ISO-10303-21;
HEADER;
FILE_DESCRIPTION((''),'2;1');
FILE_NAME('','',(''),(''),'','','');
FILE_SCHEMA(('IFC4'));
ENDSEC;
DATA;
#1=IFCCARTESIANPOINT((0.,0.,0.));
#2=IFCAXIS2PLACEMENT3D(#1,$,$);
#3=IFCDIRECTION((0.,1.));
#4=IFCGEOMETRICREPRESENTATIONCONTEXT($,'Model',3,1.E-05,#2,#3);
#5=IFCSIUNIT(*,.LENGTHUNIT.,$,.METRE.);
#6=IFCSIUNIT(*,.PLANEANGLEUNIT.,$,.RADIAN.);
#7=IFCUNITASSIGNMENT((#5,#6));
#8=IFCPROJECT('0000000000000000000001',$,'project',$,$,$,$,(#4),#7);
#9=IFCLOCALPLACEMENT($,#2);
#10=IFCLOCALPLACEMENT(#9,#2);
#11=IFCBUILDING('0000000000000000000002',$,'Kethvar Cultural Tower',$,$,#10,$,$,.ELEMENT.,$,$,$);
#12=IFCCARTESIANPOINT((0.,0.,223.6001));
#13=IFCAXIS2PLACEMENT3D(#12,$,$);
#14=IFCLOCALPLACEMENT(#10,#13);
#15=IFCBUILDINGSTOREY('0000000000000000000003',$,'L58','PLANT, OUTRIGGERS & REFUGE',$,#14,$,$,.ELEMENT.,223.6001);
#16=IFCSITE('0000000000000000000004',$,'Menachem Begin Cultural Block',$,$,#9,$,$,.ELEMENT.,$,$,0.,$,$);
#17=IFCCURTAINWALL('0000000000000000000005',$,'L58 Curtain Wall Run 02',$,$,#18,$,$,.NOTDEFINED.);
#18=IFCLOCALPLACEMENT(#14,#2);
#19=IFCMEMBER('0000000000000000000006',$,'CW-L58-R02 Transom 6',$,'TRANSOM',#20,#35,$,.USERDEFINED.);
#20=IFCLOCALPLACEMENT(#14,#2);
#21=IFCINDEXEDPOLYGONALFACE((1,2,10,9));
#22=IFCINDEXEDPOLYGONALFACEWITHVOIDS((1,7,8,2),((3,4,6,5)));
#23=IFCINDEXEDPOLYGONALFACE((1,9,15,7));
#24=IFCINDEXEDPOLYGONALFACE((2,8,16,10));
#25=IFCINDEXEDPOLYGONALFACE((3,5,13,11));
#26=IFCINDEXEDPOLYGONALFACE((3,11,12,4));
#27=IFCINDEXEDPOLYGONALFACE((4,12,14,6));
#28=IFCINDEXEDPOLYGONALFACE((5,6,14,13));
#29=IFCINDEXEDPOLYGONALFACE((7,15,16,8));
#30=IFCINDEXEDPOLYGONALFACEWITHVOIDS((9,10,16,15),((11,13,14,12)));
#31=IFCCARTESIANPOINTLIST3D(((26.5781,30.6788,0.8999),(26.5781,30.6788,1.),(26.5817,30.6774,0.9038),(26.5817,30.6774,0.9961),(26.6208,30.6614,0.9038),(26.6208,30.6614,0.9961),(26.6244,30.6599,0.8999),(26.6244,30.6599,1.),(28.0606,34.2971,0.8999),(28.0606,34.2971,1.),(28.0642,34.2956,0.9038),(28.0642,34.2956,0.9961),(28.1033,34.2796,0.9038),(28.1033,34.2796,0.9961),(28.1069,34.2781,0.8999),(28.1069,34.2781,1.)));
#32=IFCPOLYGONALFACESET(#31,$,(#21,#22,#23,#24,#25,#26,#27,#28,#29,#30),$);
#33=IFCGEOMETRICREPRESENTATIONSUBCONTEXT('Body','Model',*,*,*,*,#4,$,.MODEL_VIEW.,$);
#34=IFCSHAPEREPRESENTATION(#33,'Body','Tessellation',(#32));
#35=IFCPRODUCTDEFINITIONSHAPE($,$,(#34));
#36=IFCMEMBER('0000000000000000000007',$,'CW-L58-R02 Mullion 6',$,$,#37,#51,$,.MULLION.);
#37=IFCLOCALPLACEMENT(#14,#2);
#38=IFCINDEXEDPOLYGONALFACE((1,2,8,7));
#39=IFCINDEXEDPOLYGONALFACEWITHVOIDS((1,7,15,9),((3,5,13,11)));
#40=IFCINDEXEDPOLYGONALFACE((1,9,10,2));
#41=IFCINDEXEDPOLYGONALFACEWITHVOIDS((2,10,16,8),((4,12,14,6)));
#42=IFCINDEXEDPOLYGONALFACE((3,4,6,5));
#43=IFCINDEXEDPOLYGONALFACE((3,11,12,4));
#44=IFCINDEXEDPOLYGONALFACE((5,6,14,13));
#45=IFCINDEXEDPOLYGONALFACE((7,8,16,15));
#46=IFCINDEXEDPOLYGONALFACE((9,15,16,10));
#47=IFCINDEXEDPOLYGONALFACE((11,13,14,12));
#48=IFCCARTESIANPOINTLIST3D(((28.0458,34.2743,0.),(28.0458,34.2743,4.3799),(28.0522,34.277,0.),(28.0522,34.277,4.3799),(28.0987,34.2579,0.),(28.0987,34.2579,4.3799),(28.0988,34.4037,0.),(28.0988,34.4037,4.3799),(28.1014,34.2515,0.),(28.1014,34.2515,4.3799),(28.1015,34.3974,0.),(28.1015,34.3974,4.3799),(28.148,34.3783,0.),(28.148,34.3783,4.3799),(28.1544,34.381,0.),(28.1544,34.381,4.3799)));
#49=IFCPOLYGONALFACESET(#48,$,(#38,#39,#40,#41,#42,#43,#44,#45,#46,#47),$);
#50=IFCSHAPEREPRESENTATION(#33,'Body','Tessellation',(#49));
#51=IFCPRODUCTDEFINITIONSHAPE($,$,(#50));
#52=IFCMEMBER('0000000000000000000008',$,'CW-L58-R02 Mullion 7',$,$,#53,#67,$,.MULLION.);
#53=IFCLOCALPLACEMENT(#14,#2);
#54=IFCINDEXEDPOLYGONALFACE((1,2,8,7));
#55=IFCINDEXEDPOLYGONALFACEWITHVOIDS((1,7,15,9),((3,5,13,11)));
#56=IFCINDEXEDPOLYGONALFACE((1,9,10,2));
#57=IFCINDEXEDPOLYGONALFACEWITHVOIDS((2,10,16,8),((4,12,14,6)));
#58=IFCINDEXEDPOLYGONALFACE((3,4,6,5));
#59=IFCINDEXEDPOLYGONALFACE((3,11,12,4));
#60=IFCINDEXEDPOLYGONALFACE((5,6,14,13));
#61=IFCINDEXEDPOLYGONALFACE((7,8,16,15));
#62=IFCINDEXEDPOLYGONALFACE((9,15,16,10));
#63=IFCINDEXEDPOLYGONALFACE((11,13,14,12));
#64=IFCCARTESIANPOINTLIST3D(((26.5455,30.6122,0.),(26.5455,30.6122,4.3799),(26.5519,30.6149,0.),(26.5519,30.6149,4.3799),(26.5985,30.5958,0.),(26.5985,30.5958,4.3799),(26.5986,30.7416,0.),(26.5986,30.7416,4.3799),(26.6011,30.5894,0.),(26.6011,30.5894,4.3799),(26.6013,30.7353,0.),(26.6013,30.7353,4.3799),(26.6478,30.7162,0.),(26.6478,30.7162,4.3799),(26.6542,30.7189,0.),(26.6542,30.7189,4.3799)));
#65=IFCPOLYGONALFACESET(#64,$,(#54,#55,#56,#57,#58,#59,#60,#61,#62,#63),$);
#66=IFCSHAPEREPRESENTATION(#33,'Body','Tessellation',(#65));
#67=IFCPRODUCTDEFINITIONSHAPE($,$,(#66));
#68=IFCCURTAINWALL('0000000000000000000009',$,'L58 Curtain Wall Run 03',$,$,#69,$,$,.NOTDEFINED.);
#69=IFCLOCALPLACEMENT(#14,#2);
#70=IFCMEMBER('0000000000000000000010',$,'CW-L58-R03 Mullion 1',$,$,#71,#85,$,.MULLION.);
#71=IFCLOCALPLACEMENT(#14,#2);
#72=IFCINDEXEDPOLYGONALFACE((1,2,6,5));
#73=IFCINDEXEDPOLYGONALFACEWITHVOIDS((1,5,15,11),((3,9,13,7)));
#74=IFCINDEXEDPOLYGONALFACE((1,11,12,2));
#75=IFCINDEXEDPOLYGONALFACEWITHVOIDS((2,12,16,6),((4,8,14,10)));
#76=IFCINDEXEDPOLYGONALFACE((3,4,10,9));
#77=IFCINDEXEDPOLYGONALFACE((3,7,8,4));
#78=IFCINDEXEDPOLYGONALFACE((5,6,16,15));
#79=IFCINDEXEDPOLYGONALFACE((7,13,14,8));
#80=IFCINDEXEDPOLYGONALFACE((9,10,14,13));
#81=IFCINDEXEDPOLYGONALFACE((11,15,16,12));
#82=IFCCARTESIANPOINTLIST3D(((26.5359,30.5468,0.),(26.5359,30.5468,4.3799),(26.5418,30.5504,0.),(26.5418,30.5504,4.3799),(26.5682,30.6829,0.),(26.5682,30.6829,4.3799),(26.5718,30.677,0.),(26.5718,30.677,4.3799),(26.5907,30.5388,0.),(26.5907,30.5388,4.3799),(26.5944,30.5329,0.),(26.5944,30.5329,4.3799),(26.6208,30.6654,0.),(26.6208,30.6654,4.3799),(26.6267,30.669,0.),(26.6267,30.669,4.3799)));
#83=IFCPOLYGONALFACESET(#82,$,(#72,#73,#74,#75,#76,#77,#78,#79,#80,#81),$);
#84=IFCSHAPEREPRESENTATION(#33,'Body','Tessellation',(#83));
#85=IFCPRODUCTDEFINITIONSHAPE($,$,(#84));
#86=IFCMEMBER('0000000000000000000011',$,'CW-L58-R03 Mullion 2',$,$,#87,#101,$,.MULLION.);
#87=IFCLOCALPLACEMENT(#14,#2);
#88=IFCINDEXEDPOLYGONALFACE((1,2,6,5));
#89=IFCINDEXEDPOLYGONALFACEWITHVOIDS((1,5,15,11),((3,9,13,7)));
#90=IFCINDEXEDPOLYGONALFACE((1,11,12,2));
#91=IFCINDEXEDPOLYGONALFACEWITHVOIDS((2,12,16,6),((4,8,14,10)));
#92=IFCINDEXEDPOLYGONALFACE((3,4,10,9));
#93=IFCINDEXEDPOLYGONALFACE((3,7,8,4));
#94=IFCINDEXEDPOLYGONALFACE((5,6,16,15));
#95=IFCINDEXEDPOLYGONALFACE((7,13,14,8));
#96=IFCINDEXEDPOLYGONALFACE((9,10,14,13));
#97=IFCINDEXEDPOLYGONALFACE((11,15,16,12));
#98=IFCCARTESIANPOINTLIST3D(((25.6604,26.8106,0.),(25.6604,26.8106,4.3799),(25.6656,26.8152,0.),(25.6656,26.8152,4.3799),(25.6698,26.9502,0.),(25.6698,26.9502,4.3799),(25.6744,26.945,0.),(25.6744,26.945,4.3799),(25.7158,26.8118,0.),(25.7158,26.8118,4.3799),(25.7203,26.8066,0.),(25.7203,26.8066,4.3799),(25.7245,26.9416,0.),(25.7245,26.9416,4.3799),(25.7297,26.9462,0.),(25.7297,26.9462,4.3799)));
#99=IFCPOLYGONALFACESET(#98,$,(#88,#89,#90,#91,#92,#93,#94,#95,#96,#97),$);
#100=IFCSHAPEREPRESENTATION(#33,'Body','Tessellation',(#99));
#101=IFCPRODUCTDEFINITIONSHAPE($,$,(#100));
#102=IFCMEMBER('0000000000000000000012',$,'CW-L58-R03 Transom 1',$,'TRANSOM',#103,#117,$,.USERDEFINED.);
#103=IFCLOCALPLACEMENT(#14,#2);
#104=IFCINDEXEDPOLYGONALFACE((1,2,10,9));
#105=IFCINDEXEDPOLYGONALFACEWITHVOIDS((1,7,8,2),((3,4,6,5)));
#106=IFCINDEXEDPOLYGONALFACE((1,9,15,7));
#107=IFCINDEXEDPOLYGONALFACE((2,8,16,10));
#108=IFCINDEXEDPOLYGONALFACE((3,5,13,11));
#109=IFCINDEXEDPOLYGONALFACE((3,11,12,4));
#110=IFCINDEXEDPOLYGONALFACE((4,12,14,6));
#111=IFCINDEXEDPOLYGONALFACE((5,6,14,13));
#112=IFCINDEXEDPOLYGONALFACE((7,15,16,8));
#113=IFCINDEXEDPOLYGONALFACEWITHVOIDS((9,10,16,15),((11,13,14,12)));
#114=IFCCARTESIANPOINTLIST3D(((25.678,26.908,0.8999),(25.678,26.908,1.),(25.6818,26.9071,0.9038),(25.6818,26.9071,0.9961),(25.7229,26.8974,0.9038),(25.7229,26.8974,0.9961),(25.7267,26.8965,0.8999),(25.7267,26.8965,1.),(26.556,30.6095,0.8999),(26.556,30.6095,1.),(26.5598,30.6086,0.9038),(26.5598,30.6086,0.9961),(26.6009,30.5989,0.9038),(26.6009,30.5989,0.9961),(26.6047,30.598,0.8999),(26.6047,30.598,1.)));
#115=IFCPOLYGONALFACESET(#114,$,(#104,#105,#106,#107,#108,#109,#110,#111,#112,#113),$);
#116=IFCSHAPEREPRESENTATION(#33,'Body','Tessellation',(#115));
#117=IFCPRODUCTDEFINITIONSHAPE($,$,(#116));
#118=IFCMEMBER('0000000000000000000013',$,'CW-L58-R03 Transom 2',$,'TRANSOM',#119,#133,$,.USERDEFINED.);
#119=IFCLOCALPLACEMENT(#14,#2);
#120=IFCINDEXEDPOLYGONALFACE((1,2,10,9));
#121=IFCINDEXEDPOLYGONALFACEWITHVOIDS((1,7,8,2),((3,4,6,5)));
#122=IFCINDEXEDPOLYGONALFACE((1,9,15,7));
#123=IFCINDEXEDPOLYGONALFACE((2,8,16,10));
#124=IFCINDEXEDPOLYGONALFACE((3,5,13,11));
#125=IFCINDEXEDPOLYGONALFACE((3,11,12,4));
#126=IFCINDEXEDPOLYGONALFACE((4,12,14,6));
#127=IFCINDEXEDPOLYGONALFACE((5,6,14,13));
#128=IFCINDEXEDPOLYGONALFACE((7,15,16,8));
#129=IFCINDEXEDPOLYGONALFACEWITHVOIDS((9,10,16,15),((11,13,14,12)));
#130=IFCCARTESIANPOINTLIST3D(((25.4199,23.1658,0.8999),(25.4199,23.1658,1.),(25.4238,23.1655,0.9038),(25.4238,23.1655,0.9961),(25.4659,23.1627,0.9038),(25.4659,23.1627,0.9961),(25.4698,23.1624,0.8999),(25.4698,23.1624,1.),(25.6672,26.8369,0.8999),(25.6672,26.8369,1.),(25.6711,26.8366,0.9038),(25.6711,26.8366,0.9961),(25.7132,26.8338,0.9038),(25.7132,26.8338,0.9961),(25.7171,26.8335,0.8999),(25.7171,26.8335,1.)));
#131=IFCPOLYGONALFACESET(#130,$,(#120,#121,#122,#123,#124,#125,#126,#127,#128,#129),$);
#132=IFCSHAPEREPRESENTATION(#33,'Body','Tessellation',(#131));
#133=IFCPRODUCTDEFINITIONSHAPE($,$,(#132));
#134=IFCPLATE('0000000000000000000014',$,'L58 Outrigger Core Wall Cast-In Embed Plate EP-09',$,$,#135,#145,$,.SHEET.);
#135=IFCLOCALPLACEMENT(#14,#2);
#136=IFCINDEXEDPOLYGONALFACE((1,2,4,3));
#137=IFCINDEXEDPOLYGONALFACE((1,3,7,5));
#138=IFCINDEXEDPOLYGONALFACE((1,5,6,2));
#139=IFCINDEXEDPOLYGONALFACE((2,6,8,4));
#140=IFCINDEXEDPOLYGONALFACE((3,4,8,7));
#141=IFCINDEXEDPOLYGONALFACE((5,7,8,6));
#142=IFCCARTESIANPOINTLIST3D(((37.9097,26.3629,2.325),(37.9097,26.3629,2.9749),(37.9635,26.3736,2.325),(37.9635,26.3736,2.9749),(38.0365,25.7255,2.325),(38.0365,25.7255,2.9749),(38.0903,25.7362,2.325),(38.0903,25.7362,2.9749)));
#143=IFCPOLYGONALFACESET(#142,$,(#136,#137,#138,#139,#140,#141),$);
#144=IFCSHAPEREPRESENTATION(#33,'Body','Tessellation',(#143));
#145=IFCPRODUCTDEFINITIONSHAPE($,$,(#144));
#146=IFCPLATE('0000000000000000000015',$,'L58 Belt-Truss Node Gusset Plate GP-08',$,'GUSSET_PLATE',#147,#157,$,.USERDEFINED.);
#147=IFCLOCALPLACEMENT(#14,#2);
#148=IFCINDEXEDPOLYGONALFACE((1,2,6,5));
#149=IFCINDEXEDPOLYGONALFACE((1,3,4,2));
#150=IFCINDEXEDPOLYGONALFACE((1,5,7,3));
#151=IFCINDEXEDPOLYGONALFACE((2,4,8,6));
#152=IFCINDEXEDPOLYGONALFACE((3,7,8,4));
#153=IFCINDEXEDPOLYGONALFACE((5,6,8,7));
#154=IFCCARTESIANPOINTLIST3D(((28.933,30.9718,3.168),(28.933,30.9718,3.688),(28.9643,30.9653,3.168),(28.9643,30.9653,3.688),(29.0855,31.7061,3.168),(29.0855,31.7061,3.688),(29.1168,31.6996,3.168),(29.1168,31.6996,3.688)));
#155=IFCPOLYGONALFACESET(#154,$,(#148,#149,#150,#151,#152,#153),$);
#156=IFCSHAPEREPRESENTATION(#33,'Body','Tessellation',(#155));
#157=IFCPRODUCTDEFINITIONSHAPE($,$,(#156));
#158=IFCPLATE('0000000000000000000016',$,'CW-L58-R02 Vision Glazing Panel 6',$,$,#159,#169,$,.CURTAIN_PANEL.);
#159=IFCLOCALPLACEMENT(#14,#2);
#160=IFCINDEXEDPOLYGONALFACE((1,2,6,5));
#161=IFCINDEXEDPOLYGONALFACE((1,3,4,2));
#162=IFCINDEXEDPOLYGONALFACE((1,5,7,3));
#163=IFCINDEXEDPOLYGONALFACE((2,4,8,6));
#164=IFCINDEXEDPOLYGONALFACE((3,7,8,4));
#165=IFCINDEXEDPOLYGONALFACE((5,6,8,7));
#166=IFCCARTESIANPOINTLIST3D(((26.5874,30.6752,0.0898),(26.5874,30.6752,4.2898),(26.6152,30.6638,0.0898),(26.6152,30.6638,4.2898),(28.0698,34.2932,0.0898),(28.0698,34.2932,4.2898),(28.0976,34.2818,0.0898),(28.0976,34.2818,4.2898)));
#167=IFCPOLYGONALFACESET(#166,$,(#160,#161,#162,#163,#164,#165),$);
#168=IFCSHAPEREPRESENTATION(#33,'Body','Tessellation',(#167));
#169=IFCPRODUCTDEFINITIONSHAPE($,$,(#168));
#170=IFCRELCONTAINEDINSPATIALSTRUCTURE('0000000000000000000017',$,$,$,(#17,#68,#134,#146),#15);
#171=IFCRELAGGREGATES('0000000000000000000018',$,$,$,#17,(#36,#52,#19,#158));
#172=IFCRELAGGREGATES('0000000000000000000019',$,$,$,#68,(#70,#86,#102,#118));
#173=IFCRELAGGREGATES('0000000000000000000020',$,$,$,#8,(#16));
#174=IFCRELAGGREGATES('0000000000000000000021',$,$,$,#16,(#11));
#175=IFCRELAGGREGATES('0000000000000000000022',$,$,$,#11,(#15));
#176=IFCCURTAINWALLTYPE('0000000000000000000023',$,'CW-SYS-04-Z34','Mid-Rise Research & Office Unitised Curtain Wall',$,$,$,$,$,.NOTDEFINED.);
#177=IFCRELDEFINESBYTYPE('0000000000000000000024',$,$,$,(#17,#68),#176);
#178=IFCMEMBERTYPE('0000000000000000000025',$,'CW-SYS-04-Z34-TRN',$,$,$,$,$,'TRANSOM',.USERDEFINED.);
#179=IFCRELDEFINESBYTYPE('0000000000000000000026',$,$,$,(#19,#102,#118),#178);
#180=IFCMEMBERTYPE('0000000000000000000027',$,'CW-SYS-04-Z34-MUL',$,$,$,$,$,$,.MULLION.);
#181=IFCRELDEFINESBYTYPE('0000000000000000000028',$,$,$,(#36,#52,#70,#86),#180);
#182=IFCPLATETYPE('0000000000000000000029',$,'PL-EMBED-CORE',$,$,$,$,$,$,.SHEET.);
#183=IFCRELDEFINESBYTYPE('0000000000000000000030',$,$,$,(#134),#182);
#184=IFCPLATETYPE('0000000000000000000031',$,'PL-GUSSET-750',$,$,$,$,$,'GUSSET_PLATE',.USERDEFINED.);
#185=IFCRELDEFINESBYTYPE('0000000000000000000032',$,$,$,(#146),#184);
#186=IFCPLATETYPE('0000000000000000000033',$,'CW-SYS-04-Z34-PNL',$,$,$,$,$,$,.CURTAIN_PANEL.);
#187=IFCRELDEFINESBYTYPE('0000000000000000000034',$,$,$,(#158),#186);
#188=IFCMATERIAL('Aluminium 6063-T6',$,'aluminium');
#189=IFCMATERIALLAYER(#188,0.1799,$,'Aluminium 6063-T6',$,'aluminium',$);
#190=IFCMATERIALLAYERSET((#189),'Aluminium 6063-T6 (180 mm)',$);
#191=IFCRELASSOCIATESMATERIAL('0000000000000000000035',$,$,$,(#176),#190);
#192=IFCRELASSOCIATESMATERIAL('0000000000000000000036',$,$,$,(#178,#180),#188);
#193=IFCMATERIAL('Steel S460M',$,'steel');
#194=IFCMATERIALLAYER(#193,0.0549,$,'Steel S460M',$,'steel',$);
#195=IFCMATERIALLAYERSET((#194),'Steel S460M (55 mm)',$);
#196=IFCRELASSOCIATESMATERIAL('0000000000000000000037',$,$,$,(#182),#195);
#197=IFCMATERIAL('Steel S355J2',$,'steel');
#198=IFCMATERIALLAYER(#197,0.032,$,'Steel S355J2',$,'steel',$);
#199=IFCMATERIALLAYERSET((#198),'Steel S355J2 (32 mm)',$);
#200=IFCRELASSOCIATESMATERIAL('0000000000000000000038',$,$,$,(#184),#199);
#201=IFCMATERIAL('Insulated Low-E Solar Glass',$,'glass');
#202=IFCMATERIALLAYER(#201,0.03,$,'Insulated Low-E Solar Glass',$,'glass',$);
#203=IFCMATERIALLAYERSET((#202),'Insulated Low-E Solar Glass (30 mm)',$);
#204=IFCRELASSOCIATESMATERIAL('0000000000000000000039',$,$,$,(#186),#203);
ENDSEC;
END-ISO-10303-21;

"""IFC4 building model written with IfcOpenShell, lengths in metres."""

from ifc_helpers import new_model, si_unit, direction, frame, origin, origin_2d, place, context, subcontext, project, spatial, rectangle, hollow_rectangle, extrude, source, transform, mapped, material, layer, layer_set, material_profile, profile_set, type_object, element, aggregate, save


model = new_model("IFC4")

# Units and contexts
model_context = context("Model", 3, precision=1e-05, world=origin(), true_north=direction((0.0, 1.0)))
body_context = subcontext(model_context, "Body", "Model", "MODEL_VIEW")
ifc_project = project(units=[si_unit("LENGTHUNIT", "METRE"), si_unit("PLANEANGLEUNIT", "RADIAN")], contexts=[model_context])

# Site, building, storey
site_placement = place(None, origin())
site = spatial("IfcSite", under=ifc_project, at=site_placement, Name="Menachem Begin Cultural Block", CompositionType="ELEMENT", RefElevation=0.0)
building_placement = place(site_placement, origin())
building = spatial("IfcBuilding", under=site, at=building_placement, Name="Kethvar Cultural Tower", CompositionType="ELEMENT")
storey_placement = place(building_placement, frame((0.0, 0.0, 223.6001)))
storey = spatial("IfcBuildingStorey", under=building, at=storey_placement, Name="L58", Description="PLANT, OUTRIGGERS & REFUGE", CompositionType="ELEMENT", Elevation=223.6001)

# Shared definitions
ifc_material_1 = material(Name="Steel S460M", Category="steel")

# Shared definitions
ifc_material_2 = material(Name="Steel S355J2", Category="steel")

# Curtain walls, members
ifc_material_3 = material(Name="Aluminium 6063-T6", Category="aluminium")
ifc_layer_1 = layer(ifc_material_3, 0.1799, Name="Aluminium 6063-T6", Category="aluminium")
ifc_layer_set_1 = layer_set([ifc_layer_1], Name="Aluminium 6063-T6 (180 mm)")
curtain_wall_type = type_object("IfcCurtainWallType", Name="CW-SYS-04-Z34", Description="Mid-Rise Research & Office Unitised Curtain Wall", PredefinedType="NOTDEFINED", material=ifc_layer_set_1)
curtain_wall_1_placement = place(storey_placement, origin())
curtain_wall_1 = element("IfcCurtainWall", 1, at=curtain_wall_1_placement, inside=storey, type_object=curtain_wall_type, Name="L58 Curtain Wall Run 02", PredefinedType="NOTDEFINED")
ifc_material_profile_1 = material_profile(ifc_material_3, hollow_rectangle(XDim=0.05, YDim=0.1001, WallThickness=0.0039, at=origin_2d()), Name="Aluminium 6063-T6 — RHS100x50x4")
ifc_profile_set_1 = profile_set([ifc_material_profile_1], Name="Aluminium 6063-T6 — RHS100x50x4")
member_type_1 = type_object("IfcMemberType", Name="CW-SYS-04-Z34-TRN", ElementType="TRANSOM", PredefinedType="USERDEFINED", material=ifc_profile_set_1)
shared_shape_1 = source(origin(), body_context, "Body", "SweptSolid", [
    extrude(hollow_rectangle(XDim=0.05, YDim=0.1001, WallThickness=0.0039, at=origin_2d()), origin(), (0.0, 0.0, 1.0), 3.9102),
])
member_1_placement = place(storey_placement, frame((28.0837, 34.2876, 0.95), z_axis=(-0.379129, -0.925344, 0.0), x_axis=(0.925344, -0.379129, 0.0)))
member_1 = element("IfcMember", 2, at=member_1_placement, type_object=member_type_1, Name="CW-L58-R02 Transom 6", ObjectType="TRANSOM", PredefinedType="USERDEFINED", context=body_context, shape_type="MappedRepresentation", body=[
    mapped(shared_shape_1, transform((0.0, 0.0, 0.0), scale=1.0)),
])
ifc_material_profile_2 = material_profile(ifc_material_3, hollow_rectangle(XDim=0.0601, YDim=0.1399, WallThickness=0.0049, at=origin_2d()), Name="Aluminium 6063-T6 — RHS140x60x5")
ifc_profile_set_2 = profile_set([ifc_material_profile_2], Name="Aluminium 6063-T6 — RHS140x60x5")
member_type_2 = type_object("IfcMemberType", Name="CW-SYS-04-Z34-MUL", PredefinedType="MULLION", material=ifc_profile_set_2)
shared_shape_2 = source(origin(), body_context, "Body", "SweptSolid", [
    extrude(hollow_rectangle(XDim=0.0601, YDim=0.1399, WallThickness=0.0049, at=origin_2d()), origin(), (0.0, 0.0, 1.0), 4.3799),
])
member_2_placement = place(storey_placement, frame((28.1001, 34.3276, 0.0), z_axis=(0.0, 0.0, 1.0), x_axis=(0.925342, -0.379133, 0.0)))
member_2 = element("IfcMember", 3, at=member_2_placement, type_object=member_type_2, Name="CW-L58-R02 Mullion 6", PredefinedType="MULLION", context=body_context, shape_type="MappedRepresentation", body=[
    mapped(shared_shape_2, transform((0.0, 0.0, 0.0), scale=1.0)),
])
member_3_placement = place(storey_placement, frame((26.5999, 30.6655, 0.0), z_axis=(0.0, 0.0, 1.0), x_axis=(0.925342, -0.379133, 0.0)))
member_3 = element("IfcMember", 4, at=member_3_placement, type_object=member_type_2, Name="CW-L58-R02 Mullion 7", PredefinedType="MULLION", context=body_context, shape_type="MappedRepresentation", body=[
    mapped(shared_shape_2, transform((0.0, 0.0, 0.0), scale=1.0)),
])
curtain_wall_2_placement = place(storey_placement, origin())
curtain_wall_2 = element("IfcCurtainWall", 5, at=curtain_wall_2_placement, inside=storey, type_object=curtain_wall_type, Name="L58 Curtain Wall Run 03", PredefinedType="NOTDEFINED")
member_4_placement = place(storey_placement, frame((26.5813, 30.6079, 0.0), z_axis=(0.0, 0.0, 1.0), x_axis=(0.973002, -0.230797, 0.0)))
member_4 = element("IfcMember", 6, at=member_4_placement, type_object=member_type_2, Name="CW-L58-R03 Mullion 1", PredefinedType="MULLION", context=body_context, shape_type="MappedRepresentation", body=[
    mapped(shared_shape_2, transform((0.0, 0.0, 0.0), scale=1.0)),
])
member_5_placement = place(storey_placement, frame((25.6951, 26.8784, 0.0), z_axis=(0.0, 0.0, 1.0), x_axis=(0.997737, -0.067232, 0.0)))
member_5 = element("IfcMember", 7, at=member_5_placement, type_object=member_type_2, Name="CW-L58-R03 Mullion 2", PredefinedType="MULLION", context=body_context, shape_type="MappedRepresentation", body=[
    mapped(shared_shape_2, transform((0.0, 0.0, 0.0), scale=1.0)),
])
shared_shape_3 = source(origin(), body_context, "Body", "SweptSolid", [
    extrude(hollow_rectangle(XDim=0.05, YDim=0.1001, WallThickness=0.0039, at=origin_2d()), origin(), (0.0, 0.0, 1.0), 3.8042),
])
member_6_placement = place(storey_placement, frame((26.5803, 30.6038, 0.95), z_axis=(-0.230785, -0.973005, 0.0), x_axis=(0.973005, -0.230785, 0.0)))
member_6 = element("IfcMember", 8, at=member_6_placement, type_object=member_type_1, Name="CW-L58-R03 Transom 1", ObjectType="TRANSOM", PredefinedType="USERDEFINED", context=body_context, shape_type="MappedRepresentation", body=[
    mapped(shared_shape_3, transform((0.0, 0.0, 0.0), scale=1.0)),
])
shared_shape_4 = source(origin(), body_context, "Body", "SweptSolid", [
    extrude(hollow_rectangle(XDim=0.05, YDim=0.1001, WallThickness=0.0039, at=origin_2d()), origin(), (0.0, 0.0, 1.0), 3.6794),
])
member_7_placement = place(storey_placement, frame((25.6921, 26.8352, 0.95), z_axis=(-0.067215, -0.997739, 0.0), x_axis=(0.997739, -0.067215, 0.0)))
member_7 = element("IfcMember", 9, at=member_7_placement, type_object=member_type_1, Name="CW-L58-R03 Transom 2", ObjectType="TRANSOM", PredefinedType="USERDEFINED", context=body_context, shape_type="MappedRepresentation", body=[
    mapped(shared_shape_4, transform((0.0, 0.0, 0.0), scale=1.0)),
])

# Plates
ifc_layer_2 = layer(ifc_material_1, 0.0549, Name="Steel S460M", Category="steel")
ifc_layer_set_2 = layer_set([ifc_layer_2], Name="Steel S460M (55 mm)")
plate_type_1 = type_object("IfcPlateType", Name="PL-EMBED-CORE", PredefinedType="SHEET", material=ifc_layer_set_2)
shared_shape_5 = source(origin(), body_context, "Body", "SweptSolid", [
    extrude(rectangle(XDim=0.0549, YDim=0.6499, at=origin_2d()), origin(), (0.0, 0.0, 1.0), 0.6499),
])
plate_1_placement = place(storey_placement, frame((38.0, 26.0496, 2.325), z_axis=(0.0, 0.0, 1.0), x_axis=(-0.980785, -0.19509, 0.0)))
element("IfcPlate", 10, at=plate_1_placement, inside=storey, type_object=plate_type_1, Name="L58 Outrigger Core Wall Cast-In Embed Plate EP-09", PredefinedType="SHEET", context=body_context, shape_type="MappedRepresentation", body=[
    mapped(shared_shape_5, transform((0.0, 0.0, 0.0), scale=1.0)),
])
ifc_layer_3 = layer(ifc_material_2, 0.032, Name="Steel S355J2", Category="steel")
ifc_layer_set_3 = layer_set([ifc_layer_3], Name="Steel S355J2 (32 mm)")
plate_type_2 = type_object("IfcPlateType", Name="PL-GUSSET-750", ElementType="GUSSET_PLATE", PredefinedType="USERDEFINED", material=ifc_layer_set_3)
shared_shape_6 = source(origin(), body_context, "Body", "SweptSolid", [
    extrude(rectangle(XDim=0.75, YDim=0.032, at=origin_2d()), origin(), (0.0, 0.0, 1.0), 0.52),
])
plate_2_placement = place(storey_placement, frame((29.0249, 31.3357, 3.168), z_axis=(0.0, 0.0, 1.0), x_axis=(-0.203358, -0.979104, 0.0)))
element("IfcPlate", 11, at=plate_2_placement, inside=storey, type_object=plate_type_2, Name="L58 Belt-Truss Node Gusset Plate GP-08", ObjectType="GUSSET_PLATE", PredefinedType="USERDEFINED", context=body_context, shape_type="MappedRepresentation", body=[
    mapped(shared_shape_6, transform((0.0, 0.0, 0.0), scale=1.0)),
])

# Plate
ifc_material_4 = material(Name="Insulated Low-E Solar Glass", Category="glass")
ifc_layer_4 = layer(ifc_material_4, 0.03, Name="Insulated Low-E Solar Glass", Category="glass")
ifc_layer_set_4 = layer_set([ifc_layer_4], Name="Insulated Low-E Solar Glass (30 mm)")
plate_type_3 = type_object("IfcPlateType", Name="CW-SYS-04-Z34-PNL", PredefinedType="CURTAIN_PANEL", material=ifc_layer_set_4)
shared_shape_7 = source(origin(), body_context, "Body", "SweptSolid", [
    extrude(rectangle(XDim=3.9099, YDim=0.03, at=origin_2d()), origin(), (0.0, 0.0, 1.0), 4.2),
])
plate_3_placement = place(storey_placement, frame((27.3425, 32.4785, 0.0898), z_axis=(0.0, 0.0, 1.0), x_axis=(-0.379133, -0.925342, 0.0)))
plate_3 = element("IfcPlate", 12, at=plate_3_placement, type_object=plate_type_3, Name="CW-L58-R02 Vision Glazing Panel 6", PredefinedType="CURTAIN_PANEL", context=body_context, shape_type="MappedRepresentation", body=[
    mapped(shared_shape_7, transform((0.0, 0.0, 0.0), scale=1.0)),
])
aggregate(curtain_wall_1, [member_2, member_3, member_1, plate_3])
aggregate(curtain_wall_2, [member_4, member_5, member_6, member_7])

save(model, "model.ifc")
